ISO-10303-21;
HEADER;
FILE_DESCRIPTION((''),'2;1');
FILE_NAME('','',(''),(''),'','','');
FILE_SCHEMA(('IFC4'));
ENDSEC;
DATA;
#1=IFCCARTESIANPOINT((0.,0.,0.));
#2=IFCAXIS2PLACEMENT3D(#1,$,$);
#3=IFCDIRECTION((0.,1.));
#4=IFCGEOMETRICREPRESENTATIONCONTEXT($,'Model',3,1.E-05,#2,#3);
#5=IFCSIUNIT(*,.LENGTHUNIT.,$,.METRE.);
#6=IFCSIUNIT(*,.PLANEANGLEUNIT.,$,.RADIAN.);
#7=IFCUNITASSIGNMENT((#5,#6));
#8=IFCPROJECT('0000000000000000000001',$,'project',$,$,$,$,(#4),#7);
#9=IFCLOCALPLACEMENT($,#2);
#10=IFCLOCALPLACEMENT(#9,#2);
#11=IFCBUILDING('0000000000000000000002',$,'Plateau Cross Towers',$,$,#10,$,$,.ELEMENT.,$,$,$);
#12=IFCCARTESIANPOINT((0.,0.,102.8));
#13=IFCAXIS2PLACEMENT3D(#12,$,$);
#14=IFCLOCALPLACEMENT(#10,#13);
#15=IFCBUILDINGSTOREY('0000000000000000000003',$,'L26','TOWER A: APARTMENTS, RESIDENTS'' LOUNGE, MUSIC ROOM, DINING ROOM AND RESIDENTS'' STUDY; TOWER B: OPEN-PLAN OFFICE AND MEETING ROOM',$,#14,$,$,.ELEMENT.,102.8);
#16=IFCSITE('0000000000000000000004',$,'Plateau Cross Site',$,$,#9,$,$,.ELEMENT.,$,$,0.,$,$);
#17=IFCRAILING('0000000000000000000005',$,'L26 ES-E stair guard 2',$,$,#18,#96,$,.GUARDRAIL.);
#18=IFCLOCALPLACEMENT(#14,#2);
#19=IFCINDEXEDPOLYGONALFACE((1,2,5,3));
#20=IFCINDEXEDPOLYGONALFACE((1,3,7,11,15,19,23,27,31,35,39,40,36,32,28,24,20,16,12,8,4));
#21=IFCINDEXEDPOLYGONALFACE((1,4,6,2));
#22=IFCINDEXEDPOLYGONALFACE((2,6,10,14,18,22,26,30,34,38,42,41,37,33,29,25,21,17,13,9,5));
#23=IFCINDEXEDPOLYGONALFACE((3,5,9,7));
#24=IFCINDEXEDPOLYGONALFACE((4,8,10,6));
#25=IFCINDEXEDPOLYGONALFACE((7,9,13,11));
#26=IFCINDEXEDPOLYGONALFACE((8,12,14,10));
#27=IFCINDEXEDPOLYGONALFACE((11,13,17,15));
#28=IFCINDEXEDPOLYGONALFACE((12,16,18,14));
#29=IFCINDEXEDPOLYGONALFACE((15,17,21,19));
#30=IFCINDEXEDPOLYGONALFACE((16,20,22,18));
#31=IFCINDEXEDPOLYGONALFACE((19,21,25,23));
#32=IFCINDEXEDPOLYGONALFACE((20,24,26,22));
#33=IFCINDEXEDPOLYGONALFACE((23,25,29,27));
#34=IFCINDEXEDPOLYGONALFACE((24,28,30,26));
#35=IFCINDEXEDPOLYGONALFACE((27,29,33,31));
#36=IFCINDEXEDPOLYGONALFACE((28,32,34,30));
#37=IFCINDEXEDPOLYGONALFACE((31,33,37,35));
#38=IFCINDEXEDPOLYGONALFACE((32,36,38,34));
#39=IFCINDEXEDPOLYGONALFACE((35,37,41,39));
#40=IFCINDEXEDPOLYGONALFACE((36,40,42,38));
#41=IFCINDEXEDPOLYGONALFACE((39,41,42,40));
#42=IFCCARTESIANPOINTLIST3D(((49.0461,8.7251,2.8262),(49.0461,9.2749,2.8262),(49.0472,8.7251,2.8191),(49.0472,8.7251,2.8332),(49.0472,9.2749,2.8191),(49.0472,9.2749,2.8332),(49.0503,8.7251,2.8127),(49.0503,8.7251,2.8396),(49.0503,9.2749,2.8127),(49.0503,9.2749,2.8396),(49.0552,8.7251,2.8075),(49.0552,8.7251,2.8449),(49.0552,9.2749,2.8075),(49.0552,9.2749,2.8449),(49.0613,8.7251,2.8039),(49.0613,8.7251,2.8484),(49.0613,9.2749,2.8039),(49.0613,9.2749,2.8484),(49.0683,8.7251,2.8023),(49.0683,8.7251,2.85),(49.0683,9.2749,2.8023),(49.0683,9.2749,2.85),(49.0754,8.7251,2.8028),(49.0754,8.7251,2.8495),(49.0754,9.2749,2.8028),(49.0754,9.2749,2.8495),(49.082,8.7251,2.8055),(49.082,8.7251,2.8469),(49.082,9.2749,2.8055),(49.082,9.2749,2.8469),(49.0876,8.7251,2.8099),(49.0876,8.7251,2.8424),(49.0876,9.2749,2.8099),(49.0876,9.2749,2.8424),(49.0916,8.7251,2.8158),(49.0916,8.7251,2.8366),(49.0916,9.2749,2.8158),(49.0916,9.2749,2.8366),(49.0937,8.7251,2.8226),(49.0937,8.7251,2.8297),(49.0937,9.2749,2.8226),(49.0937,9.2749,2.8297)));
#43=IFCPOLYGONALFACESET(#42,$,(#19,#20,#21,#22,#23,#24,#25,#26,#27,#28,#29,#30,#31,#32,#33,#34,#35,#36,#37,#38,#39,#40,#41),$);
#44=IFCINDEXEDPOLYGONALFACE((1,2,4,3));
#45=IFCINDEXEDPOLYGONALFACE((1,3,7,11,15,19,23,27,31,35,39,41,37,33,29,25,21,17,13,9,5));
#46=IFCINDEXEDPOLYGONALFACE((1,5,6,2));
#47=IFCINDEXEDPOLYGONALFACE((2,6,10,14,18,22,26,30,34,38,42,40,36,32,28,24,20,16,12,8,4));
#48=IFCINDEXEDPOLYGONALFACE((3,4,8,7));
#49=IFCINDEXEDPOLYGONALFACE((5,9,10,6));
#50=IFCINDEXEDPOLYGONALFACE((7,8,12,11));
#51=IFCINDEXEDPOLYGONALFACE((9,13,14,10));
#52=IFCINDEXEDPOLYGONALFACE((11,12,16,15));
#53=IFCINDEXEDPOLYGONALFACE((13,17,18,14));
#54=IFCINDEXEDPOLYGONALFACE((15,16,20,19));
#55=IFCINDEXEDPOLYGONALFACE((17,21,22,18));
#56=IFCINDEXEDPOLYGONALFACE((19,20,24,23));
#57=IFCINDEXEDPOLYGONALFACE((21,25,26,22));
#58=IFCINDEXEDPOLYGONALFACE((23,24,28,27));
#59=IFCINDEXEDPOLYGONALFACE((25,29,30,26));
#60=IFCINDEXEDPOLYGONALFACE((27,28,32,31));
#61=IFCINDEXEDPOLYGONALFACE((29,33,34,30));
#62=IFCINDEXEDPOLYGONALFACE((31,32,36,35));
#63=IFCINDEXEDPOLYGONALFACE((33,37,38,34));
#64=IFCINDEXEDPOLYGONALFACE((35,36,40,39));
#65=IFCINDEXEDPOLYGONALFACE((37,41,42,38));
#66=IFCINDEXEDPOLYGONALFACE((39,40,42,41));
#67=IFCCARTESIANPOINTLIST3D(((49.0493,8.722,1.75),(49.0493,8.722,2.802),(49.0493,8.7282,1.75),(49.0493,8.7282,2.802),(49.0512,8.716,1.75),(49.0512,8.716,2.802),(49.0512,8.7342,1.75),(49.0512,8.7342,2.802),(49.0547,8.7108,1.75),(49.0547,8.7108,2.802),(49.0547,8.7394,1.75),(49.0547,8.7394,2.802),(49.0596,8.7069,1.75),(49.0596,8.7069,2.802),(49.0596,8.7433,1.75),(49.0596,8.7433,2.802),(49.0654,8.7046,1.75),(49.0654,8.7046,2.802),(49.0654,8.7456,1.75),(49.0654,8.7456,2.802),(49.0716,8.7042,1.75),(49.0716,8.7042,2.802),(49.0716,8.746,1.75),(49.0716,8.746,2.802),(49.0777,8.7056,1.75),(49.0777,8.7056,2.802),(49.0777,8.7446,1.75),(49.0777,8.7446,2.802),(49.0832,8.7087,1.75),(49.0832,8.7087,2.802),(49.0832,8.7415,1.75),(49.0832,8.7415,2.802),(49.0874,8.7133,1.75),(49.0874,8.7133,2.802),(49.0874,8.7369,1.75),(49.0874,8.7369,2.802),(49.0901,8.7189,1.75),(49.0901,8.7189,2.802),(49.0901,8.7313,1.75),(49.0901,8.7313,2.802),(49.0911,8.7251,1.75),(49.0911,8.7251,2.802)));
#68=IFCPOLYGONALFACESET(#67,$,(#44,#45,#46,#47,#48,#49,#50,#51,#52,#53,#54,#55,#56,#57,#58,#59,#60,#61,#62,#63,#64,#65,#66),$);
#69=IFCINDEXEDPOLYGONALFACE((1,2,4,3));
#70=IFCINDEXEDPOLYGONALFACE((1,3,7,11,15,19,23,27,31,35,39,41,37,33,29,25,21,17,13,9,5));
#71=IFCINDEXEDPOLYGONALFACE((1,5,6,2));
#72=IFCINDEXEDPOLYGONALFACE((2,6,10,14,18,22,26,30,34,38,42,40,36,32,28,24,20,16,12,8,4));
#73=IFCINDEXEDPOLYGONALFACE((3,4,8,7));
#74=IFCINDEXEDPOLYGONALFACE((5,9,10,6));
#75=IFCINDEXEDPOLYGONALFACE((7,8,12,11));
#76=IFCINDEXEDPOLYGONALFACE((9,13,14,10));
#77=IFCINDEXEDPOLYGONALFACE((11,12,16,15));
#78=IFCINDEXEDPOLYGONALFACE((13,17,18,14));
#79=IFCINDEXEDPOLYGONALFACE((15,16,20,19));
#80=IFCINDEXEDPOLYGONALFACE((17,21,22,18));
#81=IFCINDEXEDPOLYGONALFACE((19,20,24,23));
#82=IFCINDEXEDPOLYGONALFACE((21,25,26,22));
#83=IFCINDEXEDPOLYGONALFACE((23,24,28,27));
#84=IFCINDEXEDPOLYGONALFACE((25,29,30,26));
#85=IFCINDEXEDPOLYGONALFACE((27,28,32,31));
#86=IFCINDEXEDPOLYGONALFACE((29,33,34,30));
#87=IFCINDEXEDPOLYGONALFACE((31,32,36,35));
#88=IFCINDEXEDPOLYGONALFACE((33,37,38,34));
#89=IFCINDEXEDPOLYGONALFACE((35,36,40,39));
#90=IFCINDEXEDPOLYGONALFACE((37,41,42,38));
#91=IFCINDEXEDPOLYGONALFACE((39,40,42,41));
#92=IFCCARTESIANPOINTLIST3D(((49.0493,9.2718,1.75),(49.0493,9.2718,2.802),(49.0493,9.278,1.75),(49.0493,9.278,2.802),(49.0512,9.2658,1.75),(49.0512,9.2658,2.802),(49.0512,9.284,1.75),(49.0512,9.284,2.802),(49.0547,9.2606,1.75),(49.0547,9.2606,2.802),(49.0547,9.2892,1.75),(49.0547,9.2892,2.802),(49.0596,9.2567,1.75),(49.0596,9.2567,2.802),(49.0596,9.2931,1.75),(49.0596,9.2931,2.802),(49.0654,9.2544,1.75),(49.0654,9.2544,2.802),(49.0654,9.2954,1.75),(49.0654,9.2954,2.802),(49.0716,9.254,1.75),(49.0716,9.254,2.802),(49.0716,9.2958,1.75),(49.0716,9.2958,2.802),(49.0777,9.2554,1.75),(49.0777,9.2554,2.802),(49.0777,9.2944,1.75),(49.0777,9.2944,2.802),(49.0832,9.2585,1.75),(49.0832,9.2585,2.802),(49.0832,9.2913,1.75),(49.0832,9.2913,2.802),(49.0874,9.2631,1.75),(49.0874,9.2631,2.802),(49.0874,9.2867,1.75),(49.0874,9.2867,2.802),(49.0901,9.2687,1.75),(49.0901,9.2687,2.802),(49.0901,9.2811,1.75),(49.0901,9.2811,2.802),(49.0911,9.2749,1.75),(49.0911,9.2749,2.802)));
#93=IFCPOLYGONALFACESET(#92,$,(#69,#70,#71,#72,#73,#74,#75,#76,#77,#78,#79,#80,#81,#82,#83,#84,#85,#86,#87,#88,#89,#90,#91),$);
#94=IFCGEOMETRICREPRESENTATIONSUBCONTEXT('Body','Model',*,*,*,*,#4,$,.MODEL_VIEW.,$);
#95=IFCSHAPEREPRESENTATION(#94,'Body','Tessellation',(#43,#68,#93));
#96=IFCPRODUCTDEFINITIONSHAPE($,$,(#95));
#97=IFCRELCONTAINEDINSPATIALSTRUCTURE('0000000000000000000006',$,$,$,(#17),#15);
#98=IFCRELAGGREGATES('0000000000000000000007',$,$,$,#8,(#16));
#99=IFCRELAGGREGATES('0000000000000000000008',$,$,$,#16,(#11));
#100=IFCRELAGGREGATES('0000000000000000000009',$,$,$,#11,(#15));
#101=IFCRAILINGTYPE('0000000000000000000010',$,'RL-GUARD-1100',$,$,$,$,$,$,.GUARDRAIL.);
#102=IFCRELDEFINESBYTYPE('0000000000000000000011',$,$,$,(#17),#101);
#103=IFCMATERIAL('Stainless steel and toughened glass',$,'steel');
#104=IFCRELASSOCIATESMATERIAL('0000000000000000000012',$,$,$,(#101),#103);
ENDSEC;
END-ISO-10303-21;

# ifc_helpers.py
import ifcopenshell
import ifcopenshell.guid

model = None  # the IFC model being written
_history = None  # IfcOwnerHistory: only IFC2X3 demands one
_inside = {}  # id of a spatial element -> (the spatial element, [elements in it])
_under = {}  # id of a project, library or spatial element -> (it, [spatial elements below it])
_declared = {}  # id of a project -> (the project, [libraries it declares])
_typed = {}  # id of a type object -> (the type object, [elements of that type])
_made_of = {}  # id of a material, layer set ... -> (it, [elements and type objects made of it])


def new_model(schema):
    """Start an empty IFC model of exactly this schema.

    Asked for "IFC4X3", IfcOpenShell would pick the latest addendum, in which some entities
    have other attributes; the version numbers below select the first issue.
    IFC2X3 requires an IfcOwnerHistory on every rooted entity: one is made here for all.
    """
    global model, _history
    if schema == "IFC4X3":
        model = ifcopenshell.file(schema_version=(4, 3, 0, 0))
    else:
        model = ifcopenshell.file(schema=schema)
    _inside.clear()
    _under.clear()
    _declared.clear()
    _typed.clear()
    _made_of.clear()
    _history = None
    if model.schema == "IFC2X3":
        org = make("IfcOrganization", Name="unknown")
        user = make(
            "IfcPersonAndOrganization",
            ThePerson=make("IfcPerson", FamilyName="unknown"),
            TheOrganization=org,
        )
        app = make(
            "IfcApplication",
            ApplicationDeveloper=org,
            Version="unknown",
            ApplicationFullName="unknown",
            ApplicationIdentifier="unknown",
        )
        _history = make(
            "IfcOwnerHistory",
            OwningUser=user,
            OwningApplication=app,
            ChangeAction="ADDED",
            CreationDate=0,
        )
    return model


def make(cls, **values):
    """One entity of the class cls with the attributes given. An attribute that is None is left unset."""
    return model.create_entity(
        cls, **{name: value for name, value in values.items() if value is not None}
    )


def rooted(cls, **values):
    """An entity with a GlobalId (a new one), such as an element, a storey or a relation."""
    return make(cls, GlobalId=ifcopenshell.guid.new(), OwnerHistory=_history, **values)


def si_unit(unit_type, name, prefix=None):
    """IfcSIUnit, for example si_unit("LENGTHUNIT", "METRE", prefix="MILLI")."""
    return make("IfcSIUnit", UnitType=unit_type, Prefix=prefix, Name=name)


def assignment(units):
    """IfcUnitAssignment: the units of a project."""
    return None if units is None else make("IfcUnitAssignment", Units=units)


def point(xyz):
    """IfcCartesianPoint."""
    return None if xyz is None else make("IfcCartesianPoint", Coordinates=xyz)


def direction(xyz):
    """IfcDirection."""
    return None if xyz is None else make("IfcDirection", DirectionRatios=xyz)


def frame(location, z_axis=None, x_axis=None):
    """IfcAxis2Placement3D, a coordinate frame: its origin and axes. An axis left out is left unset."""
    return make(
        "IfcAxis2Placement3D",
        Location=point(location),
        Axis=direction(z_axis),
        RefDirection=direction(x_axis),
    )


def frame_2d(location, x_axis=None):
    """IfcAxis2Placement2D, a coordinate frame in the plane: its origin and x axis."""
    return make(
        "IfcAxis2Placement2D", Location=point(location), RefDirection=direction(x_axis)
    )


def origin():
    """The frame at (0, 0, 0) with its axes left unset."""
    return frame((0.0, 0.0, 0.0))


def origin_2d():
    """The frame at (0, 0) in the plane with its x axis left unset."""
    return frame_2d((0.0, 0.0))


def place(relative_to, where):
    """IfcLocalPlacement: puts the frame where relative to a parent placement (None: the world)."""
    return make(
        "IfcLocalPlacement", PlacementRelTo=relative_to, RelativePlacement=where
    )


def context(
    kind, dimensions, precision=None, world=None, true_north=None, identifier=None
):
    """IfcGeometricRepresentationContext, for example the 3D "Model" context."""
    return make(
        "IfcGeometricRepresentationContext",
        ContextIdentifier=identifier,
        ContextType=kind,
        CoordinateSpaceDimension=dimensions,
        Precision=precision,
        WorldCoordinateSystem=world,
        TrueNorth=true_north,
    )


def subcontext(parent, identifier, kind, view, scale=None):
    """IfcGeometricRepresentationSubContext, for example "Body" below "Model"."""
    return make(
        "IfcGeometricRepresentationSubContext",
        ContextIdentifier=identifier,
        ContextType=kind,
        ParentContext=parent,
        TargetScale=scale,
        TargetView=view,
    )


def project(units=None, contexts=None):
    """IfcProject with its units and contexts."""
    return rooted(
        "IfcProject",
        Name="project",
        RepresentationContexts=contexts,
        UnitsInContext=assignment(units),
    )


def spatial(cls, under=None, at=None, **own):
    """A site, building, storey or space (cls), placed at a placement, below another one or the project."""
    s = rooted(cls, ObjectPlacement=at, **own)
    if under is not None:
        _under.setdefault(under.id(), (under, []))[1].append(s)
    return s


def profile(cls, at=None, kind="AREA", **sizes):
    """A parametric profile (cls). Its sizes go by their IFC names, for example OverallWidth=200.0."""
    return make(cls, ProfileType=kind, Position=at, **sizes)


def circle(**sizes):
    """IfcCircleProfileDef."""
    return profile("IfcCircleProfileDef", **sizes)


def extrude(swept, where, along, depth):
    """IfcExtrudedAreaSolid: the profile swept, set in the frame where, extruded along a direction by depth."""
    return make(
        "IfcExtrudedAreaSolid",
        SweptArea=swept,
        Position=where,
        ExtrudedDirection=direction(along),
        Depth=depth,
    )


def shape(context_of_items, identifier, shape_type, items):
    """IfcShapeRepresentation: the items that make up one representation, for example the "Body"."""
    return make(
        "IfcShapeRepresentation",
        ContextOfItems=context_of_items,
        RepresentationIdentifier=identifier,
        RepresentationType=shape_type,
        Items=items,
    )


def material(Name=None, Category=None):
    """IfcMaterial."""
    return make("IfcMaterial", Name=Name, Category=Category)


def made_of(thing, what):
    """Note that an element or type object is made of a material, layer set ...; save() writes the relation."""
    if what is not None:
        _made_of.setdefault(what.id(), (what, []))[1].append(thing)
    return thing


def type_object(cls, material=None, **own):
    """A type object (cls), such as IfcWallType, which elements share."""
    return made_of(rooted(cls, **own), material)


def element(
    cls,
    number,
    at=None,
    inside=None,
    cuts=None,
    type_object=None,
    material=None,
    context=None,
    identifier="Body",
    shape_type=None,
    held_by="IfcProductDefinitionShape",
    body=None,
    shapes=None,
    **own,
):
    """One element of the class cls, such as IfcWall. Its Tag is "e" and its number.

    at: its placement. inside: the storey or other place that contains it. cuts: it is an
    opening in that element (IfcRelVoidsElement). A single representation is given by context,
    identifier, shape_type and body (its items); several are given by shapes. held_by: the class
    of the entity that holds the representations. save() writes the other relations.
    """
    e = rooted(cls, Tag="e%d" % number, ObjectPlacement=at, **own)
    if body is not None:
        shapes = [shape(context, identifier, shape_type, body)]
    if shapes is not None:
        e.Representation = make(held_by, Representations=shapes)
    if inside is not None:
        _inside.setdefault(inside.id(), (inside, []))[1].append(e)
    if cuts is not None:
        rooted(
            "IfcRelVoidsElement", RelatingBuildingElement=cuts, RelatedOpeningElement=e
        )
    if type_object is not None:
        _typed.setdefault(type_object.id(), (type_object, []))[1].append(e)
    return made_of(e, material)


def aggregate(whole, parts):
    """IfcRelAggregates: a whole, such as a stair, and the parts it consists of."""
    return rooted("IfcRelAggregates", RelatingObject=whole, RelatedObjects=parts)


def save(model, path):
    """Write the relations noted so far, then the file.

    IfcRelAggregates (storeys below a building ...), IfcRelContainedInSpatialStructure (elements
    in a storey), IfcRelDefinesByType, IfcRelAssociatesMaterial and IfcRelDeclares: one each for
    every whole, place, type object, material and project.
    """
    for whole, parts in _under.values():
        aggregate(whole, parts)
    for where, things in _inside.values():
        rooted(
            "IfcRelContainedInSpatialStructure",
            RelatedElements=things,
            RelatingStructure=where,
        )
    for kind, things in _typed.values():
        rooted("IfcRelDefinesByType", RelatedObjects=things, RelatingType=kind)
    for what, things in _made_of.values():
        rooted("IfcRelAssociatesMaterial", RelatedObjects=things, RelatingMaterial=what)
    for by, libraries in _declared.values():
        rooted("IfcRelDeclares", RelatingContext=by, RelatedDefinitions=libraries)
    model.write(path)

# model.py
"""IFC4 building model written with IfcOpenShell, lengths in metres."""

from ifc_helpers import new_model, si_unit, direction, frame, origin, origin_2d, place, context, subcontext, project, spatial, circle, extrude, material, type_object, element, save


model = new_model("IFC4")

# Units and contexts
model_context = context("Model", 3, precision=1e-05, world=origin(), true_north=direction((0.0, 1.0)))
body_context = subcontext(model_context, "Body", "Model", "MODEL_VIEW")
ifc_project = project(units=[si_unit("LENGTHUNIT", "METRE"), si_unit("PLANEANGLEUNIT", "RADIAN")], contexts=[model_context])

# Site, building, storey
site_placement = place(None, origin())
site = spatial("IfcSite", under=ifc_project, at=site_placement, Name="Plateau Cross Site", CompositionType="ELEMENT", RefElevation=0.0)
building_placement = place(site_placement, origin())
building = spatial("IfcBuilding", under=site, at=building_placement, Name="Plateau Cross Towers", CompositionType="ELEMENT")
storey_placement = place(building_placement, frame((0.0, 0.0, 102.8)))
storey = spatial("IfcBuildingStorey", under=building, at=storey_placement, Name="L26", Description="TOWER A: APARTMENTS, RESIDENTS' LOUNGE, MUSIC ROOM, DINING ROOM AND RESIDENTS' STUDY; TOWER B: OPEN-PLAN OFFICE AND MEETING ROOM", CompositionType="ELEMENT", Elevation=102.8)

# Railing
ifc_material_1 = material(Name="Stainless steel and toughened glass", Category="steel")
railing_type_1 = type_object("IfcRailingType", Name="RL-GUARD-1100", PredefinedType="GUARDRAIL", material=ifc_material_1)
railing_1_placement = place(storey_placement, frame((49.0701, 8.7251, 1.75)))
element("IfcRailing", 1, at=railing_1_placement, inside=storey, type_object=railing_type_1, Name="L26 ES-E stair guard 2", PredefinedType="GUARDRAIL", context=body_context, shape_type="SweptSolid", body=[
    extrude(circle(Radius=0.0239, at=origin_2d()), frame((0.0, 0.0, 1.0762), z_axis=(0.0, 1.0, 0.0), x_axis=(-1.0, 0.0, 0.0)), (0.0, 0.0, 1.0), 0.5498),
    extrude(circle(Radius=0.021, at=origin_2d()), origin(), (0.0, 0.0, 1.0), 1.052),
    extrude(circle(Radius=0.021, at=origin_2d()), frame((0.0, 0.5498, 0.0)), (0.0, 0.0, 1.0), 1.052),
])

save(model, "model.ifc")
